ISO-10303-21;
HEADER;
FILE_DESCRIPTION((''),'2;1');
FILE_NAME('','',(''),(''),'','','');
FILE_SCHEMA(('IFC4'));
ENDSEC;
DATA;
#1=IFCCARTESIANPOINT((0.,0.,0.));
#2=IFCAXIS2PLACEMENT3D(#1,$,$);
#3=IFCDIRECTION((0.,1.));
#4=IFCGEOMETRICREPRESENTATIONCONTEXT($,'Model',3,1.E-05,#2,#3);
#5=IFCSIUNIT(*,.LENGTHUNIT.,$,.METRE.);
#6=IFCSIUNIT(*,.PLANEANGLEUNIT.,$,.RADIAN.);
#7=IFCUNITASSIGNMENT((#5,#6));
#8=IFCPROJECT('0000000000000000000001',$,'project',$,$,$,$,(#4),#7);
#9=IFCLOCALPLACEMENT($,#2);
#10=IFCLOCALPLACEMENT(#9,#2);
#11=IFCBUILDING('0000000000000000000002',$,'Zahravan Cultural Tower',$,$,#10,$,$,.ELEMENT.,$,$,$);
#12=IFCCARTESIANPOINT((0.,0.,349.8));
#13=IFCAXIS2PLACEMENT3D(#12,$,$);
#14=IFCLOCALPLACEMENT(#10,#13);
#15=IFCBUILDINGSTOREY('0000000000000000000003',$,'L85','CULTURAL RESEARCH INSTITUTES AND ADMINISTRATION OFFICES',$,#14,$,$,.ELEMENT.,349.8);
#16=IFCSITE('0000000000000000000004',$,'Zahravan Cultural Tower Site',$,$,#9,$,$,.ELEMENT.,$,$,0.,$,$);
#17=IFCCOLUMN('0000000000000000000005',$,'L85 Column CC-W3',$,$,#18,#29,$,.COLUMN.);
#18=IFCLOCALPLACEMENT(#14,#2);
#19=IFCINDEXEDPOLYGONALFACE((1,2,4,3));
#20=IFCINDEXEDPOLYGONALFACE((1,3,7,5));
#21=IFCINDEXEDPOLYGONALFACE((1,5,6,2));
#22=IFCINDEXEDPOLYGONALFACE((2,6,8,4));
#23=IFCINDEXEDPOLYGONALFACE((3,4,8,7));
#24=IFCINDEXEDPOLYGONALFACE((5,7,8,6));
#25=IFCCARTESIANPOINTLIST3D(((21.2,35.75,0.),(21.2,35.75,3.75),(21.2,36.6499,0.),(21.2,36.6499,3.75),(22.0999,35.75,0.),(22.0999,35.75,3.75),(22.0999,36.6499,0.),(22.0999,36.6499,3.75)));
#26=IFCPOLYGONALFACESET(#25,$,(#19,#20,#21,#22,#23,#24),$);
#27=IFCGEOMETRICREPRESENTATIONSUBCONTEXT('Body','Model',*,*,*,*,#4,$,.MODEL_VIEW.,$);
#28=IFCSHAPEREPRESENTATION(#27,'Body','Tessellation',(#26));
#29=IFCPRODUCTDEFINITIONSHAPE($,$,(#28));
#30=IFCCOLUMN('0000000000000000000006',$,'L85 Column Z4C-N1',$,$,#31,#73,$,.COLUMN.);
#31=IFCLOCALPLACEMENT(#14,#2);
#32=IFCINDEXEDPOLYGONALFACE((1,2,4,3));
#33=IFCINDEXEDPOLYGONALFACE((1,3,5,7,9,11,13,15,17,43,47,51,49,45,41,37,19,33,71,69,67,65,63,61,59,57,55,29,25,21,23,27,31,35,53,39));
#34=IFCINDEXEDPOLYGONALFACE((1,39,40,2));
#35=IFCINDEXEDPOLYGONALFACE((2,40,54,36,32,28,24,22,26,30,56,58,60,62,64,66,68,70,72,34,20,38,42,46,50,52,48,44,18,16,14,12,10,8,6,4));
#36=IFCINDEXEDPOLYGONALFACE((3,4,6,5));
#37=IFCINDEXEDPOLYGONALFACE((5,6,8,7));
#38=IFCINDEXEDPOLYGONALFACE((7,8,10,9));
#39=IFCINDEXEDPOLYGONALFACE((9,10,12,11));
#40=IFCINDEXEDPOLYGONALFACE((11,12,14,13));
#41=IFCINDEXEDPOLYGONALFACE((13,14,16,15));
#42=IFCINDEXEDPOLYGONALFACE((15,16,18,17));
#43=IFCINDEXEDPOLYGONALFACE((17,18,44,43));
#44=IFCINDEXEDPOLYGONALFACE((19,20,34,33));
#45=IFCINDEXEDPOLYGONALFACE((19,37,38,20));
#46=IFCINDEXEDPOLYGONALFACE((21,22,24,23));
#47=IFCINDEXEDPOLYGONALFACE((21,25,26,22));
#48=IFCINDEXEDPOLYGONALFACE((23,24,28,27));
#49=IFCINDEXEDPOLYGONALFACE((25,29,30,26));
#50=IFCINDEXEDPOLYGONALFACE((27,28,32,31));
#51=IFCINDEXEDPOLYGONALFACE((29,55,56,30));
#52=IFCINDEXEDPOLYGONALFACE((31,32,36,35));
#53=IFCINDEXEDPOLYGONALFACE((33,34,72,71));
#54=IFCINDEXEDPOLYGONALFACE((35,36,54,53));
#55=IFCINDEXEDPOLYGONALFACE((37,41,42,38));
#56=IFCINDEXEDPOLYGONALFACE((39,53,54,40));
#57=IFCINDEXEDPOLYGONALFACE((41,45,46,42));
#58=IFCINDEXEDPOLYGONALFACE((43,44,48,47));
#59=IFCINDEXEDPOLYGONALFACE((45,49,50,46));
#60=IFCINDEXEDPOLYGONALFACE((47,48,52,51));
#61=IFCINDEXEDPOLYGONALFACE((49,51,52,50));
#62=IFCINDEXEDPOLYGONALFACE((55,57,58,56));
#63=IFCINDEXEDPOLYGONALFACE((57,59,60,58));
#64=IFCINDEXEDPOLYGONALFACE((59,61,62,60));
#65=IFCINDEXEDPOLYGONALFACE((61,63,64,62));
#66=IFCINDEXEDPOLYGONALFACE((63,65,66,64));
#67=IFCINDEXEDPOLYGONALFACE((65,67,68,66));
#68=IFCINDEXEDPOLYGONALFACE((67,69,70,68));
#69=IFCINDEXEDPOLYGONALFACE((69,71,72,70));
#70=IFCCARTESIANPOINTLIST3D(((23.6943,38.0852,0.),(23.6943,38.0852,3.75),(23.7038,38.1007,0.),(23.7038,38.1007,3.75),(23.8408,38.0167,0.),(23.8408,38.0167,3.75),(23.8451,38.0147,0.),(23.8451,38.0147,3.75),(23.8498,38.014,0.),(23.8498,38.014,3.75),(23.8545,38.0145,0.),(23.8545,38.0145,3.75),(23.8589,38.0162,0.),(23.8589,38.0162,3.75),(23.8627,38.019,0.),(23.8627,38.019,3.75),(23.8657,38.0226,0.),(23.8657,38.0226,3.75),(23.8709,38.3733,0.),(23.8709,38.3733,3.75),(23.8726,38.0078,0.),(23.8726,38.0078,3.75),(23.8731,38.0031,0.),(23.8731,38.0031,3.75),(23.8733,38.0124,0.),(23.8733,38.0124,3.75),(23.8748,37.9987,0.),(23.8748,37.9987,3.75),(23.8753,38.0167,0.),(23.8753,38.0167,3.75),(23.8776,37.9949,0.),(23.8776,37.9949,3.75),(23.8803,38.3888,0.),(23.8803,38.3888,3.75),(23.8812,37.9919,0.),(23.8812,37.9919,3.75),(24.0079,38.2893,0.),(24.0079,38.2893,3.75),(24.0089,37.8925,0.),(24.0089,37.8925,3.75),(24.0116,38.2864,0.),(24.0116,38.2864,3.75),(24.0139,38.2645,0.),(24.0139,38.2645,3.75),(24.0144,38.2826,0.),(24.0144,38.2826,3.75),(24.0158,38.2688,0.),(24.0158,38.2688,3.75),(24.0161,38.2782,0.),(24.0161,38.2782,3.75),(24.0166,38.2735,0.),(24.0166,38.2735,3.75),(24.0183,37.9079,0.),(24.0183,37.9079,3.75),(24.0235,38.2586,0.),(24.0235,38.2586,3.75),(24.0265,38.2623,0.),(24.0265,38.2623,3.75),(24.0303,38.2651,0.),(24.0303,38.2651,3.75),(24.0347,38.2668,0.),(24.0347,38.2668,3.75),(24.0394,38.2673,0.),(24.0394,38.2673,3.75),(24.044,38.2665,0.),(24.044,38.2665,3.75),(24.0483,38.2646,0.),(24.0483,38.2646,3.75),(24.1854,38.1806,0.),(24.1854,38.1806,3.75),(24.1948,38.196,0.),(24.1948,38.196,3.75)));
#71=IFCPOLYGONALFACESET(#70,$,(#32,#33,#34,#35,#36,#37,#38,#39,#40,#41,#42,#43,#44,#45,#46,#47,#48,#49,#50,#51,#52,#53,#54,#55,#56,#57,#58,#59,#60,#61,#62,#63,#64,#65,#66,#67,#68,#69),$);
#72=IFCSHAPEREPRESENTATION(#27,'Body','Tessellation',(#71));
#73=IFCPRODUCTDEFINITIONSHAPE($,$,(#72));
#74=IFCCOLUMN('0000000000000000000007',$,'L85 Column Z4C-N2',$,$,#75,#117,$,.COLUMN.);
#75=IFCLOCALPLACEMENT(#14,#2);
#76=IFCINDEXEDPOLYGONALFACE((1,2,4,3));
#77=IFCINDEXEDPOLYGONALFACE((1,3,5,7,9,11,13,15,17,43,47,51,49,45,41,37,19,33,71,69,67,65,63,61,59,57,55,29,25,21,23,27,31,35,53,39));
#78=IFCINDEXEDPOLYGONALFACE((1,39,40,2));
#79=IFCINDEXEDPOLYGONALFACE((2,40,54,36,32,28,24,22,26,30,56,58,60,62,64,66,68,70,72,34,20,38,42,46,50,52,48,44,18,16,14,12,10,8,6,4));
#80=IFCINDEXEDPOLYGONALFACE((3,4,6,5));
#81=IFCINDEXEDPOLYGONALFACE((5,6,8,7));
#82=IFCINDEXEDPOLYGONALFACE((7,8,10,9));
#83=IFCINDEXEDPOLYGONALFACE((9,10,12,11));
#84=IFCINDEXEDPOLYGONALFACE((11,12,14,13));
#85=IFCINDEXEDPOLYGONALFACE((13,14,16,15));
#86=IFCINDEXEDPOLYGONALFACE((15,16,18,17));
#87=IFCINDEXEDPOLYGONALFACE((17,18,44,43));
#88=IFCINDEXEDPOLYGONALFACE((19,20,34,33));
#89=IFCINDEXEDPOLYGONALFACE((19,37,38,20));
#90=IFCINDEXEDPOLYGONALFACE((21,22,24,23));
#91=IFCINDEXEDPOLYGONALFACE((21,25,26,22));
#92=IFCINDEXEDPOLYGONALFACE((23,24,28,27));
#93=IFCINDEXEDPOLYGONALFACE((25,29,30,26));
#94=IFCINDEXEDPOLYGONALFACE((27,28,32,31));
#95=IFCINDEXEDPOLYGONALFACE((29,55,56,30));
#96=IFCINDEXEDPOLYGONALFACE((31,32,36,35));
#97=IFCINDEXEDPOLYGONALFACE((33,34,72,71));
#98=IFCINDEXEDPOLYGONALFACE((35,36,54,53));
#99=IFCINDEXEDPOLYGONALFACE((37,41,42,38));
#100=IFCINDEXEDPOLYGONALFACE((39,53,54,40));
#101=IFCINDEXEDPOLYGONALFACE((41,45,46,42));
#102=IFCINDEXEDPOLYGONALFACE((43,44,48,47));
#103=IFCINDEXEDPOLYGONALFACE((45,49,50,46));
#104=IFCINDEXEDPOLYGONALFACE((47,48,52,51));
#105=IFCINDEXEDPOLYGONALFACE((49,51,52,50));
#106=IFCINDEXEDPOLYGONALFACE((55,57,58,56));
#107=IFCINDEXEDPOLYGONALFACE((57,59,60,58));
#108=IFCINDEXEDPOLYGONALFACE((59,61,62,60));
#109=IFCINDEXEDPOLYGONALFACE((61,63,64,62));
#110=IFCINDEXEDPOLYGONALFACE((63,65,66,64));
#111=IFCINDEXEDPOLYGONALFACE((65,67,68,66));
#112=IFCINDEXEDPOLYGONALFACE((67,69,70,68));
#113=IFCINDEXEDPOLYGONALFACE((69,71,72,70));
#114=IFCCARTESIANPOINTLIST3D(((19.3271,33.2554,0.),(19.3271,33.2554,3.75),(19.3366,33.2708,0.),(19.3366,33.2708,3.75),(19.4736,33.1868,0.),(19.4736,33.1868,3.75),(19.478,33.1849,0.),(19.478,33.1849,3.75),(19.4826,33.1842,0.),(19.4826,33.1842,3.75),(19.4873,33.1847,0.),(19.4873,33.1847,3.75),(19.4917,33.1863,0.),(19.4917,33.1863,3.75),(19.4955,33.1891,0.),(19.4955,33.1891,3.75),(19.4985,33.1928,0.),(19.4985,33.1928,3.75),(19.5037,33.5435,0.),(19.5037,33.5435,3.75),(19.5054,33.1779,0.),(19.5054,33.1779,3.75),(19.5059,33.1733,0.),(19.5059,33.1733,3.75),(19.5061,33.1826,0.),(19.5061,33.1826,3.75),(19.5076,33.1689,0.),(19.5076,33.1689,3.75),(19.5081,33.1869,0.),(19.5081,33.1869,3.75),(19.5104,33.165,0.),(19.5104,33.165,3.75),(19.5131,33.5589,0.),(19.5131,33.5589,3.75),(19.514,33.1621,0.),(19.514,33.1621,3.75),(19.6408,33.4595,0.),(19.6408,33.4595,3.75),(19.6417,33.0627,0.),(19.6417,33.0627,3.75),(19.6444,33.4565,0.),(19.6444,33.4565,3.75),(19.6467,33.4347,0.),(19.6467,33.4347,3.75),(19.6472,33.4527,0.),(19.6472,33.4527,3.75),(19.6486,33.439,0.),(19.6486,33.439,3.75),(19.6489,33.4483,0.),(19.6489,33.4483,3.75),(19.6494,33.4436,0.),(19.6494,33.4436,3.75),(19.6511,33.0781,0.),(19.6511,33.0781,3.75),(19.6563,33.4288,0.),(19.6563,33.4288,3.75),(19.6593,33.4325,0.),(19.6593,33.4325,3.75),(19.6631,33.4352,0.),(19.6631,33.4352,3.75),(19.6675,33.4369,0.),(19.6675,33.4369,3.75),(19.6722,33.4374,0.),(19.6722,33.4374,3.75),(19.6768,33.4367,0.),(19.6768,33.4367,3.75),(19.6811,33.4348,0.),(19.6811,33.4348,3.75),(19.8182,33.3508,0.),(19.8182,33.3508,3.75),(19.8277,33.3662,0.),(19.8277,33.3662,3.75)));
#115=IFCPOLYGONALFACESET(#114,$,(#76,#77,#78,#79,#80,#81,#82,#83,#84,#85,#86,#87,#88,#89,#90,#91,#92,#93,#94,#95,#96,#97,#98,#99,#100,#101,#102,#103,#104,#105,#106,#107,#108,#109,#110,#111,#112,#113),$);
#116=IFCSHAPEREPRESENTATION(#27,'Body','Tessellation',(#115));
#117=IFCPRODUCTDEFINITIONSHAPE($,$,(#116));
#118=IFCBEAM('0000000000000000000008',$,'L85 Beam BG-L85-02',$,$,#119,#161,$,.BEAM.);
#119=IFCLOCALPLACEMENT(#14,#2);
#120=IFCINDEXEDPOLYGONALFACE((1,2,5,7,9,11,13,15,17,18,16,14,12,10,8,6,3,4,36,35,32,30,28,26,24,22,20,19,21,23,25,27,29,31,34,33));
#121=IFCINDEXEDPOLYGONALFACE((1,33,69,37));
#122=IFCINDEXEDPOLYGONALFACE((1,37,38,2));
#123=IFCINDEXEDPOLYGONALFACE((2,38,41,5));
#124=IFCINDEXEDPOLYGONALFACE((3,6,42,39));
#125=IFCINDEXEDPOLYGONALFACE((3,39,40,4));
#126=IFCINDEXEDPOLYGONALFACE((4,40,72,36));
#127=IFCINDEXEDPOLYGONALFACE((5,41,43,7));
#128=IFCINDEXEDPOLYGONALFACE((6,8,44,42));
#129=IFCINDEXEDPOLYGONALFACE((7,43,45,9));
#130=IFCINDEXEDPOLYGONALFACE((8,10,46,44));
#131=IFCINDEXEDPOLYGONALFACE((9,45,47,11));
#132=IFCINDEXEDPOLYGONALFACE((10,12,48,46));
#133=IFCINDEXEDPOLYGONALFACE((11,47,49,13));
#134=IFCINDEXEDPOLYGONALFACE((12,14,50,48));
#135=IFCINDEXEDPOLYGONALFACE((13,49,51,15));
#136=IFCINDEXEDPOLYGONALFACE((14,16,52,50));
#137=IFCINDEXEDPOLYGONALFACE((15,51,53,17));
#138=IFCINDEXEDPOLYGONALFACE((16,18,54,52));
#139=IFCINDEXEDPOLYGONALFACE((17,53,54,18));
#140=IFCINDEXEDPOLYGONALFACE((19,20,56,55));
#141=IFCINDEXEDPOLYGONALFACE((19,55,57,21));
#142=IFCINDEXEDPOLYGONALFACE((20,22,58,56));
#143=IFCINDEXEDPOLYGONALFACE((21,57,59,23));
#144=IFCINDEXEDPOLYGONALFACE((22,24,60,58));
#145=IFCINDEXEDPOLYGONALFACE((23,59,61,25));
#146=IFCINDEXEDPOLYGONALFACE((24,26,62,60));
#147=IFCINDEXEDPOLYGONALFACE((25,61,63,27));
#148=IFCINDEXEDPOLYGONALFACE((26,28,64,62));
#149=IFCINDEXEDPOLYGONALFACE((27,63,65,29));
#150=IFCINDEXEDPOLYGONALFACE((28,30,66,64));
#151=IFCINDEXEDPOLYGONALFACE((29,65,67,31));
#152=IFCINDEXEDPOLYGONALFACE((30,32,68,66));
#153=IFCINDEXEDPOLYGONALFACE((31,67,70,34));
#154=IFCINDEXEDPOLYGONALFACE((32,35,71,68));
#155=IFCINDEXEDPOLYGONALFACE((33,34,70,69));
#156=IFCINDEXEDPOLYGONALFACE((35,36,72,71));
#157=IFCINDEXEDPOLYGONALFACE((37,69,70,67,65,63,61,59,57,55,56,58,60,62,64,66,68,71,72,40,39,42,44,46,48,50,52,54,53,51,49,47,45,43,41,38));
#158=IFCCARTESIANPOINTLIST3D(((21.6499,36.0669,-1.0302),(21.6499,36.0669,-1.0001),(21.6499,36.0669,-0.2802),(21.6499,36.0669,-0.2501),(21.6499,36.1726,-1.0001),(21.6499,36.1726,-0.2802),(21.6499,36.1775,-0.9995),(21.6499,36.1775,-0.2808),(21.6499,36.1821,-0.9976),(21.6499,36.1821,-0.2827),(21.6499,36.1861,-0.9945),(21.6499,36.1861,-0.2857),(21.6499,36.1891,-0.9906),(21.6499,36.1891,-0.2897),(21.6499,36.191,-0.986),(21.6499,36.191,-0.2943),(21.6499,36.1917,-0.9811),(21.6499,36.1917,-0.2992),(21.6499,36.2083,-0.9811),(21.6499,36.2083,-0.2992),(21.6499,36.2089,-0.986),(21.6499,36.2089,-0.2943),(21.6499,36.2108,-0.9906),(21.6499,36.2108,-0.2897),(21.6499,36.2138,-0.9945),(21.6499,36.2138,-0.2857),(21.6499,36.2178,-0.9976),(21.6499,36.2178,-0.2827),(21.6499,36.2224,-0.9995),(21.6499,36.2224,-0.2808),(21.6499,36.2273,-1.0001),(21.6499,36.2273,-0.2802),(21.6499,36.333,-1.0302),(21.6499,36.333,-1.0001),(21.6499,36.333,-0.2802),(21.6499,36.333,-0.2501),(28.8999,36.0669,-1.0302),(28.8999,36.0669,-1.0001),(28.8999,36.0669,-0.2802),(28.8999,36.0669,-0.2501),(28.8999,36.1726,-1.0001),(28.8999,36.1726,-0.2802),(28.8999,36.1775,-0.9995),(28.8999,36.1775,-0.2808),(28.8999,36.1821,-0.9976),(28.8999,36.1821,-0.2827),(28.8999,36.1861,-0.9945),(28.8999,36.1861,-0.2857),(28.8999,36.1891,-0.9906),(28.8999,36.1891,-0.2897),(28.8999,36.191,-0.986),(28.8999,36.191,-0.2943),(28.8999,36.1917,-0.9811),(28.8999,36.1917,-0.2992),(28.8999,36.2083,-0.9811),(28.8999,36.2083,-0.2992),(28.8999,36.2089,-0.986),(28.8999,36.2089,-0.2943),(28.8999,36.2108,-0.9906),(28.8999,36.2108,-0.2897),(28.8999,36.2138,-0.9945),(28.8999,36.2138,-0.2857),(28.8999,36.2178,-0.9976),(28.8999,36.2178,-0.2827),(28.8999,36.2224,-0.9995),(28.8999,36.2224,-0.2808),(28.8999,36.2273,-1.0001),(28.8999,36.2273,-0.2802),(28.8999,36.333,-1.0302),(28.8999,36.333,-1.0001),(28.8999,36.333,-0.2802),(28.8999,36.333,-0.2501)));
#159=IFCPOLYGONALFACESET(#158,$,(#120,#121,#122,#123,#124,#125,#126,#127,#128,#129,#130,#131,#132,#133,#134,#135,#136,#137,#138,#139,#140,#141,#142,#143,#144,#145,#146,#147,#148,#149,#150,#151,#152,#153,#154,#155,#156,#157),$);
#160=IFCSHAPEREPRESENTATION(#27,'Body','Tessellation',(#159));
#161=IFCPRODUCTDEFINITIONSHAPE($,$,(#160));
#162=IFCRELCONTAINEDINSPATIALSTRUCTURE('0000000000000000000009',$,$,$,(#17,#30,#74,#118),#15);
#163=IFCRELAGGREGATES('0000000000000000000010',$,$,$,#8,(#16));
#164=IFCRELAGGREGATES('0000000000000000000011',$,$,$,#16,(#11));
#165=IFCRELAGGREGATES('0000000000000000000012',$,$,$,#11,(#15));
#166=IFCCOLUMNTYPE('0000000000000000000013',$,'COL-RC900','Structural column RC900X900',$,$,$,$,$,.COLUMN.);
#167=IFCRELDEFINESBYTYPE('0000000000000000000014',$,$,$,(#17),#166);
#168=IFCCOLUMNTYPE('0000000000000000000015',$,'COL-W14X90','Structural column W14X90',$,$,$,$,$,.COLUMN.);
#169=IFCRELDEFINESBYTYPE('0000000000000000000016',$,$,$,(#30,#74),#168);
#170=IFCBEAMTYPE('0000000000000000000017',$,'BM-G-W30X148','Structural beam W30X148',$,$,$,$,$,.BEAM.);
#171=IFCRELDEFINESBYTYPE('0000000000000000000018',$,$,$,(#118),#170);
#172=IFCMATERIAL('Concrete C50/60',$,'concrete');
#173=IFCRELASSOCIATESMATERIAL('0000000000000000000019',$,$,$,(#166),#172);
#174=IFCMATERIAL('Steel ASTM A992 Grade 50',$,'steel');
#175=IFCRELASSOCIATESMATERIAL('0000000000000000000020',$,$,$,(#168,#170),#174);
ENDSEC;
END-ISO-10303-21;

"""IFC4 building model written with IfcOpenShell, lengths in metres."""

from ifc_helpers import new_model, si_unit, direction, frame, origin, origin_2d, place, context, subcontext, project, spatial, rectangle, i_section, extrude, source, transform, mapped, material, material_profile, profile_set, type_object, element, save


model = new_model("IFC4")

# Units and contexts
model_context = context("Model", 3, precision=1e-05, world=origin(), true_north=direction((0.0, 1.0)))
body_context = subcontext(model_context, "Body", "Model", "MODEL_VIEW")
ifc_project = project(units=[si_unit("LENGTHUNIT", "METRE"), si_unit("PLANEANGLEUNIT", "RADIAN")], contexts=[model_context])

# Site, building, storey
site_placement = place(None, origin())
site = spatial("IfcSite", under=ifc_project, at=site_placement, Name="Zahravan Cultural Tower Site", CompositionType="ELEMENT", RefElevation=0.0)
building_placement = place(site_placement, origin())
building = spatial("IfcBuilding", under=site, at=building_placement, Name="Zahravan Cultural Tower", CompositionType="ELEMENT")
storey_placement = place(building_placement, frame((0.0, 0.0, 349.8)))
storey = spatial("IfcBuildingStorey", under=building, at=storey_placement, Name="L85", Description="CULTURAL RESEARCH INSTITUTES AND ADMINISTRATION OFFICES", CompositionType="ELEMENT", Elevation=349.8)

# Columns
ifc_material_1 = material(Name="Concrete C50/60", Category="concrete")
ifc_material_profile_1 = material_profile(ifc_material_1, rectangle(XDim=0.8999, YDim=0.8999, at=origin_2d()), Name="RC900X900")
ifc_profile_set_1 = profile_set([ifc_material_profile_1], Name="Concrete C50/60")
column_type_1 = type_object("IfcColumnType", Name="COL-RC900", Description="Structural column RC900X900", PredefinedType="COLUMN", material=ifc_profile_set_1)
shared_shape_1 = source(origin(), body_context, "Body", "SweptSolid", [
    extrude(rectangle(XDim=0.8999, YDim=0.8999, at=origin_2d()), origin(), (0.0, 0.0, 1.0), 3.75),
])
column_placement = place(storey_placement, frame((21.6499, 36.2, 0.0), z_axis=(0.0, 0.0, 1.0), x_axis=(1.0, 0.0, 0.0)))
element("IfcColumn", 1, at=column_placement, inside=storey, type_object=column_type_1, Name="L85 Column CC-W3", PredefinedType="COLUMN", context=body_context, shape_type="MappedRepresentation", body=[
    mapped(shared_shape_1, transform((0.0, 0.0, 0.0), x_axis=(1.0, 0.0, 0.0), y_axis=(0.0, 1.0, 0.0), z_axis=(0.0, 0.0, 1.0), scale=1.0)),
])
ifc_material_2 = material(Name="Steel ASTM A992 Grade 50", Category="steel")
ifc_material_profile_2 = material_profile(ifc_material_2, i_section(OverallWidth=0.3689, OverallDepth=0.356, WebThickness=0.0112, FlangeThickness=0.0181, FilletRadius=0.0181, at=origin_2d()), Name="W14X90")
ifc_profile_set_2 = profile_set([ifc_material_profile_2], Name="Steel ASTM A992 Grade 50")
column_type_2 = type_object("IfcColumnType", Name="COL-W14X90", Description="Structural column W14X90", PredefinedType="COLUMN", material=ifc_profile_set_2)
shared_shape_2 = source(origin(), body_context, "Body", "SweptSolid", [
    extrude(i_section(OverallWidth=0.3689, OverallDepth=0.356, WebThickness=0.0112, FlangeThickness=0.0181, FilletRadius=0.0181, at=origin_2d()), origin(), (0.0, 0.0, 1.0), 3.75),
])
for number, where, z_axis, x_axis, name in (
    (2, (23.9446, 38.1406, 0.0), (0.0, 0.0, 1.0), (-0.85264, 0.522499, 0.0), "L85 Column Z4C-N1"),
    (3, (19.5774, 33.3108, 0.0), (0.0, 0.0, 1.0), (-0.85264, 0.522499, 0.0), "L85 Column Z4C-N2"),
):
    element("IfcColumn", number, at=place(storey_placement, frame(where, z_axis=z_axis, x_axis=x_axis)), inside=storey, type_object=column_type_2, Name=name, PredefinedType="COLUMN", context=body_context, shape_type="MappedRepresentation", body=[
        mapped(shared_shape_2, transform((0.0, 0.0, 0.0), x_axis=(1.0, 0.0, 0.0), y_axis=(0.0, 1.0, 0.0), z_axis=(0.0, 0.0, 1.0), scale=1.0)),
    ])

# Beam
ifc_material_profile_3 = material_profile(ifc_material_2, i_section(OverallWidth=0.2661, OverallDepth=0.78, WebThickness=0.0166, FlangeThickness=0.03, FilletRadius=0.019, at=origin_2d()), Name="W30X148")
ifc_profile_set_3 = profile_set([ifc_material_profile_3], Name="Steel ASTM A992 Grade 50")
beam_type_1 = type_object("IfcBeamType", Name="BM-G-W30X148", Description="Structural beam W30X148", PredefinedType="BEAM", material=ifc_profile_set_3)
shared_shape_3 = source(origin(), body_context, "Body", "SweptSolid", [
    extrude(i_section(OverallWidth=0.2661, OverallDepth=0.78, WebThickness=0.0166, FlangeThickness=0.03, FilletRadius=0.019, at=origin_2d()), origin(), (0.0, 0.0, 1.0), 7.25),
])
beam_1_placement = place(storey_placement, frame((21.6499, 36.2, -0.6401), z_axis=(1.0, 0.0, 0.0), x_axis=(0.0, 1.0, 0.0)))
element("IfcBeam", 4, at=beam_1_placement, inside=storey, type_object=beam_type_1, Name="L85 Beam BG-L85-02", PredefinedType="BEAM", context=body_context, shape_type="MappedRepresentation", body=[
    mapped(shared_shape_3, transform((0.0, 0.0, 0.0), x_axis=(1.0, 0.0, 0.0), y_axis=(0.0, 1.0, 0.0), z_axis=(0.0, 0.0, 1.0), scale=1.0)),
])

save(model, "model.ifc")
